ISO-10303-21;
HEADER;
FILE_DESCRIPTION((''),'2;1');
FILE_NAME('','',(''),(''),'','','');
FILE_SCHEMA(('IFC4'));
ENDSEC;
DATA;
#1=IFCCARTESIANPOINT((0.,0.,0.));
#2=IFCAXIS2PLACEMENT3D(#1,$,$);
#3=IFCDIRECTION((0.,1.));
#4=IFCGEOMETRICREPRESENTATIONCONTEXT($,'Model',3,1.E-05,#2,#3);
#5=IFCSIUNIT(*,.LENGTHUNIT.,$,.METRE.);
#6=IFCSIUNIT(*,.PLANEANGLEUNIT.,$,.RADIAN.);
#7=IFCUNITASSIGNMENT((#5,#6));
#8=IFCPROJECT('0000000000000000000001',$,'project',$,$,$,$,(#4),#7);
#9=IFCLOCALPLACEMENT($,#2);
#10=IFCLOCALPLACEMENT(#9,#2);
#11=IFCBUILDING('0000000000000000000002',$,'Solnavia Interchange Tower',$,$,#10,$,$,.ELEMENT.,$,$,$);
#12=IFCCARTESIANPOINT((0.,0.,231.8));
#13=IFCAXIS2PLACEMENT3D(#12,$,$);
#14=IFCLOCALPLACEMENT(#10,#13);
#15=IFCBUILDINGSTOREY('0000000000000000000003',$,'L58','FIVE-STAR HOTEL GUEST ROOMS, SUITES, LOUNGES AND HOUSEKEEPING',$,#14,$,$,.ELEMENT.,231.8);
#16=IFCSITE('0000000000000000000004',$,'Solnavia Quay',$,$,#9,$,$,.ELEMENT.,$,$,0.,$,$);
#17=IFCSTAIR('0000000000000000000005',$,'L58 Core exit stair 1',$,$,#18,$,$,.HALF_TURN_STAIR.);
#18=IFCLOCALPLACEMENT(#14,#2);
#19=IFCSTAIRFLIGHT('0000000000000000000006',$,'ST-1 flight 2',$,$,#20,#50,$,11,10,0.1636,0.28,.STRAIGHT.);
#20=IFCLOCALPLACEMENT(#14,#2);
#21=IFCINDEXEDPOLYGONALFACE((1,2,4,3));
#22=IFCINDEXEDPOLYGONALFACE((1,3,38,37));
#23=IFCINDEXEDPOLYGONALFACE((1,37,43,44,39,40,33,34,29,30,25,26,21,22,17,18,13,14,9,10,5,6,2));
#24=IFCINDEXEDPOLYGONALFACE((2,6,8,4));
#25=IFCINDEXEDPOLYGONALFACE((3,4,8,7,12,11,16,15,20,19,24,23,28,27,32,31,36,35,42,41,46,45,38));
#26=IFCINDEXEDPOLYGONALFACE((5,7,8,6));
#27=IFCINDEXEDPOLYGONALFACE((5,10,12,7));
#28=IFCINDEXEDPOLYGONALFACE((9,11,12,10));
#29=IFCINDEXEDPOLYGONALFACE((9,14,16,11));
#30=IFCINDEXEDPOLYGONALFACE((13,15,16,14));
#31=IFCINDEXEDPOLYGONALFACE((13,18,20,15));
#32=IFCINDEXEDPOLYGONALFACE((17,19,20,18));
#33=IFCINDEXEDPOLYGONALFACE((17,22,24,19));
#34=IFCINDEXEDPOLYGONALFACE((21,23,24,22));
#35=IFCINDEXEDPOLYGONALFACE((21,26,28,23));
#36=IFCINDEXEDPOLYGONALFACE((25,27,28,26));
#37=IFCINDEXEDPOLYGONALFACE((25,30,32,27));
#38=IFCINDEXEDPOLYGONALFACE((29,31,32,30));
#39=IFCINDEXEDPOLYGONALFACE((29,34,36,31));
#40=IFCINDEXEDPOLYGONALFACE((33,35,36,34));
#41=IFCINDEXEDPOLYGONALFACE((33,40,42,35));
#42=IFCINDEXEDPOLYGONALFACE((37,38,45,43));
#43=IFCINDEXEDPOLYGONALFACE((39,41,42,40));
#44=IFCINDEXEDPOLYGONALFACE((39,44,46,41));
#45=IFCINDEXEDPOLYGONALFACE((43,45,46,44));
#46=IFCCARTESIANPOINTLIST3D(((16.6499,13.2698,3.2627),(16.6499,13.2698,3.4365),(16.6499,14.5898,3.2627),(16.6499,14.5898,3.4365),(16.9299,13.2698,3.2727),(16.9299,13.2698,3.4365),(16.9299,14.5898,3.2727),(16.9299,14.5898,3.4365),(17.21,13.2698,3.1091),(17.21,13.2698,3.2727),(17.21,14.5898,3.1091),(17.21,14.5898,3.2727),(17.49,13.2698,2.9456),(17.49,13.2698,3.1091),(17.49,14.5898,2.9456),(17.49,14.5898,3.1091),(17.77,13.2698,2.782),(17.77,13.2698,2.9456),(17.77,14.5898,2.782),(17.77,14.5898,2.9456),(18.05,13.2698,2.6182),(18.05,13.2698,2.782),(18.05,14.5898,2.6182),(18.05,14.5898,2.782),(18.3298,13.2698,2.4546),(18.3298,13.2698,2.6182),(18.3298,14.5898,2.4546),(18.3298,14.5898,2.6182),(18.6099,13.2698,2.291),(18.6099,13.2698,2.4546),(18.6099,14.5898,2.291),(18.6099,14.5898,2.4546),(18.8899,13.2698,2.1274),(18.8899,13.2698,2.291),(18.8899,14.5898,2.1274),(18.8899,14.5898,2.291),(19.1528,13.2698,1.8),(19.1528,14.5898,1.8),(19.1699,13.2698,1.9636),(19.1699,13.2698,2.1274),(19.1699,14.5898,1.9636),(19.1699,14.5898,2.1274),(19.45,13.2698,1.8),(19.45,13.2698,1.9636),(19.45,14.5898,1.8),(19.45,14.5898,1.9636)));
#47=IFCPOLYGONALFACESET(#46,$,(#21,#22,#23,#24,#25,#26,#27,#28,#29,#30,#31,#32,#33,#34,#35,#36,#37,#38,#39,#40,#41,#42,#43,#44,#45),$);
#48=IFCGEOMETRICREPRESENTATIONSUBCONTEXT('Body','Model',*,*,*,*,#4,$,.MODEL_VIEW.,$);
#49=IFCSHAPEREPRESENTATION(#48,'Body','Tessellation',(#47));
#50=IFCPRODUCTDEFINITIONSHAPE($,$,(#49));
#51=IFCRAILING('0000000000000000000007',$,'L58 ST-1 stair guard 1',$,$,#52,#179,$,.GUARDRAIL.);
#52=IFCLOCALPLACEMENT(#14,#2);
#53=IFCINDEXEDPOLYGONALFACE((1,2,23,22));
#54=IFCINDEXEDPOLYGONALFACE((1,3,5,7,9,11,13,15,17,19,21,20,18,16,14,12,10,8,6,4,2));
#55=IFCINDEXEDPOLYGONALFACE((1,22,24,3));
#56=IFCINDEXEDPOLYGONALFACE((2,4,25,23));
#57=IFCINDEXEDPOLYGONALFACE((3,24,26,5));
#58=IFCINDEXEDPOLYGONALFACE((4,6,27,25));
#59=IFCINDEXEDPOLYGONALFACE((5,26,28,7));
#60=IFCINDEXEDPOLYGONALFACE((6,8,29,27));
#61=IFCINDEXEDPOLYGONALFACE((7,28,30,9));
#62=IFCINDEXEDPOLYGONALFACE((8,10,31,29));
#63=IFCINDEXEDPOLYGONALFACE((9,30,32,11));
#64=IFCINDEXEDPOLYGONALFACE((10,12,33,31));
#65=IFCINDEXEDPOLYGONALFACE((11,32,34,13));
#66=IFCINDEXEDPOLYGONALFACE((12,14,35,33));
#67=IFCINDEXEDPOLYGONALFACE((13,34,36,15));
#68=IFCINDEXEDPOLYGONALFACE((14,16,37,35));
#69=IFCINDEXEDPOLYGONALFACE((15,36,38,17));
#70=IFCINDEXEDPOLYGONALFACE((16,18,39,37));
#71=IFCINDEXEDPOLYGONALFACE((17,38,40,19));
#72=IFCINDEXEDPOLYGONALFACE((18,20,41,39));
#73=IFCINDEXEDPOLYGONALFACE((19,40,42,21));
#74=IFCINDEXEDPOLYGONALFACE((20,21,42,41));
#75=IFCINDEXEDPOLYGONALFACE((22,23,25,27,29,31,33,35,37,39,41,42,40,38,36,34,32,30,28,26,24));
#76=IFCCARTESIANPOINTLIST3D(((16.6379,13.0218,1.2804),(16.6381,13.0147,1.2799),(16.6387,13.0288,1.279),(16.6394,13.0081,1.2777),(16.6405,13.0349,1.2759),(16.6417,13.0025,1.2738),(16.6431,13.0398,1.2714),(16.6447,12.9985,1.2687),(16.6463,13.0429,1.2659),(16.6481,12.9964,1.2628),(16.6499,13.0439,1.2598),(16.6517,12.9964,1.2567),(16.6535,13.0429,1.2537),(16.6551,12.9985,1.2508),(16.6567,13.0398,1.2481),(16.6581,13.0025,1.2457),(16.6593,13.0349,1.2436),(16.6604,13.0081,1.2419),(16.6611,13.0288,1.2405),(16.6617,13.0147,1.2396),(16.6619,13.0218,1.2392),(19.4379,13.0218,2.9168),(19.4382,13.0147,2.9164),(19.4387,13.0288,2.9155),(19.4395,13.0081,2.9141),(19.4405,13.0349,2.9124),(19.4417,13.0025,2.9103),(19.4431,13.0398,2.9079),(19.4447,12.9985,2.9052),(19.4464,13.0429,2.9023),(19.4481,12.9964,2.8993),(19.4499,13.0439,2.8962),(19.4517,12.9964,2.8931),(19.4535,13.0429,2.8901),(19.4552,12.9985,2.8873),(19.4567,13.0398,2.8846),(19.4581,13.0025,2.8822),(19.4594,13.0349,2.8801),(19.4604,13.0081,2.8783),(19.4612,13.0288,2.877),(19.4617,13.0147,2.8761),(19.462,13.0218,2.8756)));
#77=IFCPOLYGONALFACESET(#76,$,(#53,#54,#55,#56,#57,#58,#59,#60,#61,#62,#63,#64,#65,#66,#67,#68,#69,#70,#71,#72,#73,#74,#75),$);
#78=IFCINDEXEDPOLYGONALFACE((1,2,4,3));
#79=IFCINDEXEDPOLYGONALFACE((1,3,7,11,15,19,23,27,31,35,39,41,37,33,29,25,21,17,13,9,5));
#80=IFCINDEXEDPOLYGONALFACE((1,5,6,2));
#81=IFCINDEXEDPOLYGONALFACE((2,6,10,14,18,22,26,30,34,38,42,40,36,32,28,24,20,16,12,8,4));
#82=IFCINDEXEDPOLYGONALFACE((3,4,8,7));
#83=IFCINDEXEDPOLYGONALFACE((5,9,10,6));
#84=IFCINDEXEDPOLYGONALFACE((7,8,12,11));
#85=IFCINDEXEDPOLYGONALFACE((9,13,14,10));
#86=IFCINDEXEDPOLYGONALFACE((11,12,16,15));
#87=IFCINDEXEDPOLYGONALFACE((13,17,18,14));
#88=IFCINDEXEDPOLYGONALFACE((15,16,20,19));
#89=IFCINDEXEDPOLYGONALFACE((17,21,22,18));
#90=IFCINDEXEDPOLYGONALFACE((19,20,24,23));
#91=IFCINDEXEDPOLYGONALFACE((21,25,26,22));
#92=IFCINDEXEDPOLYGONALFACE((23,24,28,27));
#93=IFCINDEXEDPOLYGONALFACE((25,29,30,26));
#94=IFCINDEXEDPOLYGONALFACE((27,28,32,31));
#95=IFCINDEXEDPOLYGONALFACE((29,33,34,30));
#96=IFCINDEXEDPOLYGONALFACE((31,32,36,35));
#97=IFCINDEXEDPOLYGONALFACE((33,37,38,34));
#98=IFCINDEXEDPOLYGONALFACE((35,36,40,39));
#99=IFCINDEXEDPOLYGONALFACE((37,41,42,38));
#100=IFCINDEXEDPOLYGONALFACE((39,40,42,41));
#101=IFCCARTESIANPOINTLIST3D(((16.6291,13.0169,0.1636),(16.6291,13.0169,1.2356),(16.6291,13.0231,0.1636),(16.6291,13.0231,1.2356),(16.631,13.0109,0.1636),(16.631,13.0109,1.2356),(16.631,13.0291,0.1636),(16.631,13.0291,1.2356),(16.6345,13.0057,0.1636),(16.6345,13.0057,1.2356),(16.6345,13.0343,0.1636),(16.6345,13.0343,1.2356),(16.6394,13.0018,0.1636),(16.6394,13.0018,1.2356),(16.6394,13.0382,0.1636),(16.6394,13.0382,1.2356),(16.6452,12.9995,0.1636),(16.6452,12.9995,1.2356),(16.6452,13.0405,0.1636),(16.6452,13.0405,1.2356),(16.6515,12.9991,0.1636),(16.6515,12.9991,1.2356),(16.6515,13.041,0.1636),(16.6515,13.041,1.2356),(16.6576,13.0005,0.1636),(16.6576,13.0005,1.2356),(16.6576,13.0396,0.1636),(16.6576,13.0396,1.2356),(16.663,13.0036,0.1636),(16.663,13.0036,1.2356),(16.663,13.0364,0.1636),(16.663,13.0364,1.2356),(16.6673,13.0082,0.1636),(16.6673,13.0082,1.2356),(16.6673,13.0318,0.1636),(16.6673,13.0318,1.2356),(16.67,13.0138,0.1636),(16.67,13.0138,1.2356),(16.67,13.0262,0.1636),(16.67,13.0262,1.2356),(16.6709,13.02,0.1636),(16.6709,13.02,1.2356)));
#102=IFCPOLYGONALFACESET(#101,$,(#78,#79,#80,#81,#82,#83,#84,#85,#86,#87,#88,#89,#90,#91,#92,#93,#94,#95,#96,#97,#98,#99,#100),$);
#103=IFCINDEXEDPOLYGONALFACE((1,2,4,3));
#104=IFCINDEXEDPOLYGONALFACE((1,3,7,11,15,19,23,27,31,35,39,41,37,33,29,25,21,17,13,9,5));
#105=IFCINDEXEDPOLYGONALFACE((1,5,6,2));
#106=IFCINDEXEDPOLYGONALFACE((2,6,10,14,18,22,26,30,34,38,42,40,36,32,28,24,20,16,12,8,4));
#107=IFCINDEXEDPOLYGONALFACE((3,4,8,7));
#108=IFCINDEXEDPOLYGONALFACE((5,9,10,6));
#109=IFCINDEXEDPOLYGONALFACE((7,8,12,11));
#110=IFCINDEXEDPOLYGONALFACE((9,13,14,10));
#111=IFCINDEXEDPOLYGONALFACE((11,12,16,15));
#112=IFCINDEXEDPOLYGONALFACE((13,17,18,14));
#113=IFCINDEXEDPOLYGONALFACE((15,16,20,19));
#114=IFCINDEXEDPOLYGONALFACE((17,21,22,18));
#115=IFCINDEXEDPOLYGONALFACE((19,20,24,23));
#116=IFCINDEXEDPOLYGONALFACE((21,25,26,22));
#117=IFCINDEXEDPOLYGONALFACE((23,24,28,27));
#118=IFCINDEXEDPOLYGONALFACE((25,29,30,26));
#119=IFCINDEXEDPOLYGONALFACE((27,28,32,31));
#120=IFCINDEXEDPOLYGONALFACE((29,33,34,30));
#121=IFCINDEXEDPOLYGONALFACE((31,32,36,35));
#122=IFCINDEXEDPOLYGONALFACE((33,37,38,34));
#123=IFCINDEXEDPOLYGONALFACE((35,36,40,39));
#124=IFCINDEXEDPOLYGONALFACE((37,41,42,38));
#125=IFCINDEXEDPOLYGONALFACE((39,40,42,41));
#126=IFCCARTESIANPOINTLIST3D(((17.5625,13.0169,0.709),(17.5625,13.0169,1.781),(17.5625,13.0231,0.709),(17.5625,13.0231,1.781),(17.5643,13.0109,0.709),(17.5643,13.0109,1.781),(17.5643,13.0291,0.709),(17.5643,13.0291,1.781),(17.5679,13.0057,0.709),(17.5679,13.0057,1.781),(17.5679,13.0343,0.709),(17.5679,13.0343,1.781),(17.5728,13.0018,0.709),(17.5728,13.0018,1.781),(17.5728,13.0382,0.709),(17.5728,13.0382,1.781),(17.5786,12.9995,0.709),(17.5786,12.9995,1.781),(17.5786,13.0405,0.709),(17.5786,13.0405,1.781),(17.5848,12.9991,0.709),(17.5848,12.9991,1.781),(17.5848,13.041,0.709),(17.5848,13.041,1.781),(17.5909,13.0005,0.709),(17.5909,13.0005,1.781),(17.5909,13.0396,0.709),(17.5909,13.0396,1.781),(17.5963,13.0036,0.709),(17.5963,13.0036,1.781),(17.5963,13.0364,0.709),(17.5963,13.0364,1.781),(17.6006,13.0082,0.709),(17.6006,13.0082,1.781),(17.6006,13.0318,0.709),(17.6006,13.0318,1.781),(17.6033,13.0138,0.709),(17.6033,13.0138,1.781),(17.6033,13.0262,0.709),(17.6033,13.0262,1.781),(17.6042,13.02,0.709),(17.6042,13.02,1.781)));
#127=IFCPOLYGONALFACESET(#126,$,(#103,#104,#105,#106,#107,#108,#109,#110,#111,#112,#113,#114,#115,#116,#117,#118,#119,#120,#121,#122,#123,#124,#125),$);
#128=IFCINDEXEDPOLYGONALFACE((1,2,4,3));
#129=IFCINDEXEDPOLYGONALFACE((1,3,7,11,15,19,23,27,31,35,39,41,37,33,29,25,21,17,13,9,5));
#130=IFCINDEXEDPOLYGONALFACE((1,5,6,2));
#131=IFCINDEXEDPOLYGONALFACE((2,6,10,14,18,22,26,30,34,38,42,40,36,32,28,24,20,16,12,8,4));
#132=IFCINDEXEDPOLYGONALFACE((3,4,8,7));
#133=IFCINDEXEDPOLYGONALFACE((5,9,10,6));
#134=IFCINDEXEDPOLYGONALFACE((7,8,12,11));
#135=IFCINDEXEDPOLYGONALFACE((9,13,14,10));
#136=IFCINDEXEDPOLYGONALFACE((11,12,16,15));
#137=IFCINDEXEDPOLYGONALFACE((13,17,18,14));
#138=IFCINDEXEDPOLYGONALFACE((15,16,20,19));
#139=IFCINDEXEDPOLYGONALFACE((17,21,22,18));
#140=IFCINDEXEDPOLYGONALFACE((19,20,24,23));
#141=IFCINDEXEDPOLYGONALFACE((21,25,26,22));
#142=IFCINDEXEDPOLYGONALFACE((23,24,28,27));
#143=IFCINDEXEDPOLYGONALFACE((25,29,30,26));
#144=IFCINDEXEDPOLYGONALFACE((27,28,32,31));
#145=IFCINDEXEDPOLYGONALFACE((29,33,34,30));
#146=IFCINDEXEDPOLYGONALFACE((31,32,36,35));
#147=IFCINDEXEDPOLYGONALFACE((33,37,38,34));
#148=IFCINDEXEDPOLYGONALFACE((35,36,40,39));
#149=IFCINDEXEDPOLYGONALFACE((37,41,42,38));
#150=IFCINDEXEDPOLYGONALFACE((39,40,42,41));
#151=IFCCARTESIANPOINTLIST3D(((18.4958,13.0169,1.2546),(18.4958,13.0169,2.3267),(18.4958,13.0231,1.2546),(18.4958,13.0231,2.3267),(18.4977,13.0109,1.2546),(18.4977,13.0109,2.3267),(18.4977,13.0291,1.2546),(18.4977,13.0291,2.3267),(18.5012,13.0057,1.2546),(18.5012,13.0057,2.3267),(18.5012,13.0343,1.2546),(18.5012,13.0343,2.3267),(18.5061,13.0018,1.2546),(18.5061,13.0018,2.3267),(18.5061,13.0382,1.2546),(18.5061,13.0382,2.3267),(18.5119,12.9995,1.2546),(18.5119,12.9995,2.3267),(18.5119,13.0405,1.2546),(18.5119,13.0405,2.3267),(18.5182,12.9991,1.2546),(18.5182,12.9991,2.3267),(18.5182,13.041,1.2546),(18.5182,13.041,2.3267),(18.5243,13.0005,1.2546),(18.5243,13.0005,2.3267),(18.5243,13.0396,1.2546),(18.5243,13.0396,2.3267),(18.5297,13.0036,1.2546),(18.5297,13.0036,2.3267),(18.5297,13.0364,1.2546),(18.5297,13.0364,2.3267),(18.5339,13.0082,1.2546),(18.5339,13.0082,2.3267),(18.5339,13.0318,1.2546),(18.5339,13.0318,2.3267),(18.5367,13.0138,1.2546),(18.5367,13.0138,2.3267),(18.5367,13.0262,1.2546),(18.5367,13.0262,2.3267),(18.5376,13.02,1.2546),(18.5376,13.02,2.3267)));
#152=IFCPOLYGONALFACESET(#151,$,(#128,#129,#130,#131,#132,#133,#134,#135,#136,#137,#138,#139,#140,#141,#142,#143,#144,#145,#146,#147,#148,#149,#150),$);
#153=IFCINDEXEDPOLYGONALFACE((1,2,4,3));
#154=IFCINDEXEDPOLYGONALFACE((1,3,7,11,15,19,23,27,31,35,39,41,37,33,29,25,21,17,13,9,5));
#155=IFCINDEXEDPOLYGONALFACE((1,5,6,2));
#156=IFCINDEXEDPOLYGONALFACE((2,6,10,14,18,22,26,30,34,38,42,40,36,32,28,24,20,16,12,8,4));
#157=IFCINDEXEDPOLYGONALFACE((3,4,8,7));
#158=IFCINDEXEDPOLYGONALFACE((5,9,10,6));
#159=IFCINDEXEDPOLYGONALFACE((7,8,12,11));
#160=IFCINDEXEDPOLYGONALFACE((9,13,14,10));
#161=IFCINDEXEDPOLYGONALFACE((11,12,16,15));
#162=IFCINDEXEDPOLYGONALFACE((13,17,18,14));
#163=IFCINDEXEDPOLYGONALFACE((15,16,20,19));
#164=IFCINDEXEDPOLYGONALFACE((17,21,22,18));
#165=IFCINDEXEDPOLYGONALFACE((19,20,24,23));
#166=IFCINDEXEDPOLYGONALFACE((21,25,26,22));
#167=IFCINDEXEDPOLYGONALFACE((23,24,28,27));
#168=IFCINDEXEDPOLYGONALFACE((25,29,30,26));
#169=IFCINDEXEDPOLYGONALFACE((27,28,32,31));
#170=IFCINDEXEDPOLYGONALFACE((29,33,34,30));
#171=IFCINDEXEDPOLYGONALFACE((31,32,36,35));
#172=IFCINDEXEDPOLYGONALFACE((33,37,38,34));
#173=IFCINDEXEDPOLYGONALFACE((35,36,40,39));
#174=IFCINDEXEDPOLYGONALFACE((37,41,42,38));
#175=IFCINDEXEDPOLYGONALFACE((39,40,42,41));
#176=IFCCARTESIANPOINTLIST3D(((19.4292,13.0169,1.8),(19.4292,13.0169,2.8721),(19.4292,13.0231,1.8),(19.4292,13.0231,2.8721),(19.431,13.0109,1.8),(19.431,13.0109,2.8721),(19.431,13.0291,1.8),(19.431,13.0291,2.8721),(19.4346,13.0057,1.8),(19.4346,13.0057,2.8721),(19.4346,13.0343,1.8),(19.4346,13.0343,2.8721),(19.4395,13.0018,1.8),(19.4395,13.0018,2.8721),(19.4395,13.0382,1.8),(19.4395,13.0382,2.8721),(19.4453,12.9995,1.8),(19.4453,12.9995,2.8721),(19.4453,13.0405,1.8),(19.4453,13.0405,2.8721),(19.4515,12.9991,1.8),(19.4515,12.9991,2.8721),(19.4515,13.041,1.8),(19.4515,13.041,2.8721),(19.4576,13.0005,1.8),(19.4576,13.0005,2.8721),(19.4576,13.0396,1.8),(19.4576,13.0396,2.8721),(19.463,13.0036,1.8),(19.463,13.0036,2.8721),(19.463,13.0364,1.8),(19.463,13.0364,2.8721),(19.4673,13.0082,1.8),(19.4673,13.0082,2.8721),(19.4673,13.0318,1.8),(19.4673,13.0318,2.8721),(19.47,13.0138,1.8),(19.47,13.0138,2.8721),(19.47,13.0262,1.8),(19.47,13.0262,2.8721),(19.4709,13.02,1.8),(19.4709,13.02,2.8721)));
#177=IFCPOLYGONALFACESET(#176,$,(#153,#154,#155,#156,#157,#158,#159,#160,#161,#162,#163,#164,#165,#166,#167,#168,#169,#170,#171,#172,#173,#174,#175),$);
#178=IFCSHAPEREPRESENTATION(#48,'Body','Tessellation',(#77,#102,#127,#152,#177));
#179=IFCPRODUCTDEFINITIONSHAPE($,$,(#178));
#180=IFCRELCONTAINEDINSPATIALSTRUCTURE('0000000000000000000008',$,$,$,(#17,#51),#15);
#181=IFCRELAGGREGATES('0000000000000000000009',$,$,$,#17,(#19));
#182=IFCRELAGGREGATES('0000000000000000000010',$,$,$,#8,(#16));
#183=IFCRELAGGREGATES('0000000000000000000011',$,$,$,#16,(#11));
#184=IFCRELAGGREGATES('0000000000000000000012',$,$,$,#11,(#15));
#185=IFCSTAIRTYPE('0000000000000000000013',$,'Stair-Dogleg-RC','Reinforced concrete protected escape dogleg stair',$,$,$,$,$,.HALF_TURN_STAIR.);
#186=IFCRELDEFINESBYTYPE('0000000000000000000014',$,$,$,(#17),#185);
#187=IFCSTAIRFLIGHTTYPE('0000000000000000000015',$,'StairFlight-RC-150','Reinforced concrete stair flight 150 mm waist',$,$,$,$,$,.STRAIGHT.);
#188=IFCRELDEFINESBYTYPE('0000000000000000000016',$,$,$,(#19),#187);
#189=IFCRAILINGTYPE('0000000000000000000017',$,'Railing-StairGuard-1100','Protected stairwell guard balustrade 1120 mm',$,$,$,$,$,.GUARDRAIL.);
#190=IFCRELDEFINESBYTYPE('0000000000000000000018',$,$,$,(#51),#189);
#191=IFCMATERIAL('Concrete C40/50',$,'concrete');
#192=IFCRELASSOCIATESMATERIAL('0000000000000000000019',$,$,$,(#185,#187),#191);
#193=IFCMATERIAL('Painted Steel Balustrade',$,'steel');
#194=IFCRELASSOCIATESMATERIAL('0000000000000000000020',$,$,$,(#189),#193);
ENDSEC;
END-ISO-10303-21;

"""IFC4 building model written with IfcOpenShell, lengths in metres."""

from ifc_helpers import new_model, si_unit, direction, frame, origin, origin_2d, place, context, subcontext, project, spatial, polyline, circle, outline, extrude, material, type_object, element, aggregate, save


model = new_model("IFC4")

# Units and contexts
model_context = context("Model", 3, precision=1e-05, world=origin(), true_north=direction((0.0, 1.0)))
body_context = subcontext(model_context, "Body", "Model", "MODEL_VIEW")
ifc_project = project(units=[si_unit("LENGTHUNIT", "METRE"), si_unit("PLANEANGLEUNIT", "RADIAN")], contexts=[model_context])

# Site, building, storey
site_placement = place(None, origin())
site = spatial("IfcSite", under=ifc_project, at=site_placement, Name="Solnavia Quay", CompositionType="ELEMENT", RefElevation=0.0)
building_placement = place(site_placement, origin())
building = spatial("IfcBuilding", under=site, at=building_placement, Name="Solnavia Interchange Tower", CompositionType="ELEMENT")
storey_placement = place(building_placement, frame((0.0, 0.0, 231.8)))
storey = spatial("IfcBuildingStorey", under=building, at=storey_placement, Name="L58", Description="FIVE-STAR HOTEL GUEST ROOMS, SUITES, LOUNGES AND HOUSEKEEPING", CompositionType="ELEMENT", Elevation=231.8)

# Shared definitions
ifc_material_1 = material(Name="Concrete C40/50", Category="concrete")

# Stair, stair flight
stair_type = type_object("IfcStairType", Name="Stair-Dogleg-RC", Description="Reinforced concrete protected escape dogleg stair", PredefinedType="HALF_TURN_STAIR", material=ifc_material_1)
stair_placement = place(storey_placement, origin())
stair = element("IfcStair", 1, at=stair_placement, inside=storey, type_object=stair_type, Name="L58 Core exit stair 1", PredefinedType="HALF_TURN_STAIR")
stair_flight_type = type_object("IfcStairFlightType", Name="StairFlight-RC-150", Description="Reinforced concrete stair flight 150 mm waist", PredefinedType="STRAIGHT", material=ifc_material_1)
stair_flight_1_placement = place(storey_placement, frame((19.45, 13.9299, 1.8), z_axis=(0.0, 0.0, 1.0), x_axis=(-1.0, 0.0, 0.0)))
stair_flight_1 = element("IfcStairFlight", 2, at=stair_flight_1_placement, type_object=stair_flight_type, Name="ST-1 flight 2", NumberOfRisers=11, NumberOfTreads=10, PredefinedType="STRAIGHT", RiserHeight=0.1636, TreadLength=0.28, context=body_context, shape_type="SweptSolid", body=[
    extrude(outline(polyline([(0.0, 0.0), (0.0, 0.1636), (0.28, 0.1636), (0.28, 0.3274), (0.5601, 0.3274), (0.5601, 0.491), (0.8401, 0.491), (0.8401, 0.6545), (1.1201, 0.6545), (1.1201, 0.8181), (1.3999, 0.8181), (1.3999, 0.9819), (1.6799, 0.9819), (1.6799, 1.1455), (1.96, 1.1455), (1.96, 1.3091), (2.24, 1.3091), (2.24, 1.4727), (2.52, 1.4727), (2.52, 1.6365), (2.8, 1.6365), (2.8, 1.8), (2.8, 1.4626), (0.2971, 0.0), (0.0, 0.0)])), frame((0.0, 0.6602, 0.0), z_axis=(0.0, -1.0, 0.0), x_axis=(1.0, 0.0, 0.0)), (0.0, 0.0, 1.0), 1.3201),
])
aggregate(stair, [stair_flight_1])

# Railing
ifc_material_2 = material(Name="Painted Steel Balustrade", Category="steel")
railing_type_1 = type_object("IfcRailingType", Name="Railing-StairGuard-1100", Description="Protected stairwell guard balustrade 1120 mm", PredefinedType="GUARDRAIL", material=ifc_material_2)
railing_1_placement = place(storey_placement, frame((16.6499, 13.02, 0.1636)))
element("IfcRailing", 3, at=railing_1_placement, inside=storey, type_object=railing_type_1, Name="L58 ST-1 stair guard 1", PredefinedType="GUARDRAIL", context=body_context, shape_type="SweptSolid", body=[
    extrude(circle(Radius=0.0239, at=origin_2d()), frame((0.0, 0.0, 1.0962), z_axis=(0.863361, 0.0, 0.504587), x_axis=(0.0, 1.0, 0.0)), (0.0, 0.0, 1.0), 3.2432),
    extrude(circle(Radius=0.021, at=origin_2d()), origin(), (0.0, 0.0, 1.0), 1.072),
    extrude(circle(Radius=0.021, at=origin_2d()), frame((0.9333, 0.0, 0.5454)), (0.0, 0.0, 1.0), 1.072),
    extrude(circle(Radius=0.021, at=origin_2d()), frame((1.8667, 0.0, 1.0911)), (0.0, 0.0, 1.0), 1.072),
    extrude(circle(Radius=0.021, at=origin_2d()), frame((2.8, 0.0, 1.6365)), (0.0, 0.0, 1.0), 1.072),
])

save(model, "model.ifc")
